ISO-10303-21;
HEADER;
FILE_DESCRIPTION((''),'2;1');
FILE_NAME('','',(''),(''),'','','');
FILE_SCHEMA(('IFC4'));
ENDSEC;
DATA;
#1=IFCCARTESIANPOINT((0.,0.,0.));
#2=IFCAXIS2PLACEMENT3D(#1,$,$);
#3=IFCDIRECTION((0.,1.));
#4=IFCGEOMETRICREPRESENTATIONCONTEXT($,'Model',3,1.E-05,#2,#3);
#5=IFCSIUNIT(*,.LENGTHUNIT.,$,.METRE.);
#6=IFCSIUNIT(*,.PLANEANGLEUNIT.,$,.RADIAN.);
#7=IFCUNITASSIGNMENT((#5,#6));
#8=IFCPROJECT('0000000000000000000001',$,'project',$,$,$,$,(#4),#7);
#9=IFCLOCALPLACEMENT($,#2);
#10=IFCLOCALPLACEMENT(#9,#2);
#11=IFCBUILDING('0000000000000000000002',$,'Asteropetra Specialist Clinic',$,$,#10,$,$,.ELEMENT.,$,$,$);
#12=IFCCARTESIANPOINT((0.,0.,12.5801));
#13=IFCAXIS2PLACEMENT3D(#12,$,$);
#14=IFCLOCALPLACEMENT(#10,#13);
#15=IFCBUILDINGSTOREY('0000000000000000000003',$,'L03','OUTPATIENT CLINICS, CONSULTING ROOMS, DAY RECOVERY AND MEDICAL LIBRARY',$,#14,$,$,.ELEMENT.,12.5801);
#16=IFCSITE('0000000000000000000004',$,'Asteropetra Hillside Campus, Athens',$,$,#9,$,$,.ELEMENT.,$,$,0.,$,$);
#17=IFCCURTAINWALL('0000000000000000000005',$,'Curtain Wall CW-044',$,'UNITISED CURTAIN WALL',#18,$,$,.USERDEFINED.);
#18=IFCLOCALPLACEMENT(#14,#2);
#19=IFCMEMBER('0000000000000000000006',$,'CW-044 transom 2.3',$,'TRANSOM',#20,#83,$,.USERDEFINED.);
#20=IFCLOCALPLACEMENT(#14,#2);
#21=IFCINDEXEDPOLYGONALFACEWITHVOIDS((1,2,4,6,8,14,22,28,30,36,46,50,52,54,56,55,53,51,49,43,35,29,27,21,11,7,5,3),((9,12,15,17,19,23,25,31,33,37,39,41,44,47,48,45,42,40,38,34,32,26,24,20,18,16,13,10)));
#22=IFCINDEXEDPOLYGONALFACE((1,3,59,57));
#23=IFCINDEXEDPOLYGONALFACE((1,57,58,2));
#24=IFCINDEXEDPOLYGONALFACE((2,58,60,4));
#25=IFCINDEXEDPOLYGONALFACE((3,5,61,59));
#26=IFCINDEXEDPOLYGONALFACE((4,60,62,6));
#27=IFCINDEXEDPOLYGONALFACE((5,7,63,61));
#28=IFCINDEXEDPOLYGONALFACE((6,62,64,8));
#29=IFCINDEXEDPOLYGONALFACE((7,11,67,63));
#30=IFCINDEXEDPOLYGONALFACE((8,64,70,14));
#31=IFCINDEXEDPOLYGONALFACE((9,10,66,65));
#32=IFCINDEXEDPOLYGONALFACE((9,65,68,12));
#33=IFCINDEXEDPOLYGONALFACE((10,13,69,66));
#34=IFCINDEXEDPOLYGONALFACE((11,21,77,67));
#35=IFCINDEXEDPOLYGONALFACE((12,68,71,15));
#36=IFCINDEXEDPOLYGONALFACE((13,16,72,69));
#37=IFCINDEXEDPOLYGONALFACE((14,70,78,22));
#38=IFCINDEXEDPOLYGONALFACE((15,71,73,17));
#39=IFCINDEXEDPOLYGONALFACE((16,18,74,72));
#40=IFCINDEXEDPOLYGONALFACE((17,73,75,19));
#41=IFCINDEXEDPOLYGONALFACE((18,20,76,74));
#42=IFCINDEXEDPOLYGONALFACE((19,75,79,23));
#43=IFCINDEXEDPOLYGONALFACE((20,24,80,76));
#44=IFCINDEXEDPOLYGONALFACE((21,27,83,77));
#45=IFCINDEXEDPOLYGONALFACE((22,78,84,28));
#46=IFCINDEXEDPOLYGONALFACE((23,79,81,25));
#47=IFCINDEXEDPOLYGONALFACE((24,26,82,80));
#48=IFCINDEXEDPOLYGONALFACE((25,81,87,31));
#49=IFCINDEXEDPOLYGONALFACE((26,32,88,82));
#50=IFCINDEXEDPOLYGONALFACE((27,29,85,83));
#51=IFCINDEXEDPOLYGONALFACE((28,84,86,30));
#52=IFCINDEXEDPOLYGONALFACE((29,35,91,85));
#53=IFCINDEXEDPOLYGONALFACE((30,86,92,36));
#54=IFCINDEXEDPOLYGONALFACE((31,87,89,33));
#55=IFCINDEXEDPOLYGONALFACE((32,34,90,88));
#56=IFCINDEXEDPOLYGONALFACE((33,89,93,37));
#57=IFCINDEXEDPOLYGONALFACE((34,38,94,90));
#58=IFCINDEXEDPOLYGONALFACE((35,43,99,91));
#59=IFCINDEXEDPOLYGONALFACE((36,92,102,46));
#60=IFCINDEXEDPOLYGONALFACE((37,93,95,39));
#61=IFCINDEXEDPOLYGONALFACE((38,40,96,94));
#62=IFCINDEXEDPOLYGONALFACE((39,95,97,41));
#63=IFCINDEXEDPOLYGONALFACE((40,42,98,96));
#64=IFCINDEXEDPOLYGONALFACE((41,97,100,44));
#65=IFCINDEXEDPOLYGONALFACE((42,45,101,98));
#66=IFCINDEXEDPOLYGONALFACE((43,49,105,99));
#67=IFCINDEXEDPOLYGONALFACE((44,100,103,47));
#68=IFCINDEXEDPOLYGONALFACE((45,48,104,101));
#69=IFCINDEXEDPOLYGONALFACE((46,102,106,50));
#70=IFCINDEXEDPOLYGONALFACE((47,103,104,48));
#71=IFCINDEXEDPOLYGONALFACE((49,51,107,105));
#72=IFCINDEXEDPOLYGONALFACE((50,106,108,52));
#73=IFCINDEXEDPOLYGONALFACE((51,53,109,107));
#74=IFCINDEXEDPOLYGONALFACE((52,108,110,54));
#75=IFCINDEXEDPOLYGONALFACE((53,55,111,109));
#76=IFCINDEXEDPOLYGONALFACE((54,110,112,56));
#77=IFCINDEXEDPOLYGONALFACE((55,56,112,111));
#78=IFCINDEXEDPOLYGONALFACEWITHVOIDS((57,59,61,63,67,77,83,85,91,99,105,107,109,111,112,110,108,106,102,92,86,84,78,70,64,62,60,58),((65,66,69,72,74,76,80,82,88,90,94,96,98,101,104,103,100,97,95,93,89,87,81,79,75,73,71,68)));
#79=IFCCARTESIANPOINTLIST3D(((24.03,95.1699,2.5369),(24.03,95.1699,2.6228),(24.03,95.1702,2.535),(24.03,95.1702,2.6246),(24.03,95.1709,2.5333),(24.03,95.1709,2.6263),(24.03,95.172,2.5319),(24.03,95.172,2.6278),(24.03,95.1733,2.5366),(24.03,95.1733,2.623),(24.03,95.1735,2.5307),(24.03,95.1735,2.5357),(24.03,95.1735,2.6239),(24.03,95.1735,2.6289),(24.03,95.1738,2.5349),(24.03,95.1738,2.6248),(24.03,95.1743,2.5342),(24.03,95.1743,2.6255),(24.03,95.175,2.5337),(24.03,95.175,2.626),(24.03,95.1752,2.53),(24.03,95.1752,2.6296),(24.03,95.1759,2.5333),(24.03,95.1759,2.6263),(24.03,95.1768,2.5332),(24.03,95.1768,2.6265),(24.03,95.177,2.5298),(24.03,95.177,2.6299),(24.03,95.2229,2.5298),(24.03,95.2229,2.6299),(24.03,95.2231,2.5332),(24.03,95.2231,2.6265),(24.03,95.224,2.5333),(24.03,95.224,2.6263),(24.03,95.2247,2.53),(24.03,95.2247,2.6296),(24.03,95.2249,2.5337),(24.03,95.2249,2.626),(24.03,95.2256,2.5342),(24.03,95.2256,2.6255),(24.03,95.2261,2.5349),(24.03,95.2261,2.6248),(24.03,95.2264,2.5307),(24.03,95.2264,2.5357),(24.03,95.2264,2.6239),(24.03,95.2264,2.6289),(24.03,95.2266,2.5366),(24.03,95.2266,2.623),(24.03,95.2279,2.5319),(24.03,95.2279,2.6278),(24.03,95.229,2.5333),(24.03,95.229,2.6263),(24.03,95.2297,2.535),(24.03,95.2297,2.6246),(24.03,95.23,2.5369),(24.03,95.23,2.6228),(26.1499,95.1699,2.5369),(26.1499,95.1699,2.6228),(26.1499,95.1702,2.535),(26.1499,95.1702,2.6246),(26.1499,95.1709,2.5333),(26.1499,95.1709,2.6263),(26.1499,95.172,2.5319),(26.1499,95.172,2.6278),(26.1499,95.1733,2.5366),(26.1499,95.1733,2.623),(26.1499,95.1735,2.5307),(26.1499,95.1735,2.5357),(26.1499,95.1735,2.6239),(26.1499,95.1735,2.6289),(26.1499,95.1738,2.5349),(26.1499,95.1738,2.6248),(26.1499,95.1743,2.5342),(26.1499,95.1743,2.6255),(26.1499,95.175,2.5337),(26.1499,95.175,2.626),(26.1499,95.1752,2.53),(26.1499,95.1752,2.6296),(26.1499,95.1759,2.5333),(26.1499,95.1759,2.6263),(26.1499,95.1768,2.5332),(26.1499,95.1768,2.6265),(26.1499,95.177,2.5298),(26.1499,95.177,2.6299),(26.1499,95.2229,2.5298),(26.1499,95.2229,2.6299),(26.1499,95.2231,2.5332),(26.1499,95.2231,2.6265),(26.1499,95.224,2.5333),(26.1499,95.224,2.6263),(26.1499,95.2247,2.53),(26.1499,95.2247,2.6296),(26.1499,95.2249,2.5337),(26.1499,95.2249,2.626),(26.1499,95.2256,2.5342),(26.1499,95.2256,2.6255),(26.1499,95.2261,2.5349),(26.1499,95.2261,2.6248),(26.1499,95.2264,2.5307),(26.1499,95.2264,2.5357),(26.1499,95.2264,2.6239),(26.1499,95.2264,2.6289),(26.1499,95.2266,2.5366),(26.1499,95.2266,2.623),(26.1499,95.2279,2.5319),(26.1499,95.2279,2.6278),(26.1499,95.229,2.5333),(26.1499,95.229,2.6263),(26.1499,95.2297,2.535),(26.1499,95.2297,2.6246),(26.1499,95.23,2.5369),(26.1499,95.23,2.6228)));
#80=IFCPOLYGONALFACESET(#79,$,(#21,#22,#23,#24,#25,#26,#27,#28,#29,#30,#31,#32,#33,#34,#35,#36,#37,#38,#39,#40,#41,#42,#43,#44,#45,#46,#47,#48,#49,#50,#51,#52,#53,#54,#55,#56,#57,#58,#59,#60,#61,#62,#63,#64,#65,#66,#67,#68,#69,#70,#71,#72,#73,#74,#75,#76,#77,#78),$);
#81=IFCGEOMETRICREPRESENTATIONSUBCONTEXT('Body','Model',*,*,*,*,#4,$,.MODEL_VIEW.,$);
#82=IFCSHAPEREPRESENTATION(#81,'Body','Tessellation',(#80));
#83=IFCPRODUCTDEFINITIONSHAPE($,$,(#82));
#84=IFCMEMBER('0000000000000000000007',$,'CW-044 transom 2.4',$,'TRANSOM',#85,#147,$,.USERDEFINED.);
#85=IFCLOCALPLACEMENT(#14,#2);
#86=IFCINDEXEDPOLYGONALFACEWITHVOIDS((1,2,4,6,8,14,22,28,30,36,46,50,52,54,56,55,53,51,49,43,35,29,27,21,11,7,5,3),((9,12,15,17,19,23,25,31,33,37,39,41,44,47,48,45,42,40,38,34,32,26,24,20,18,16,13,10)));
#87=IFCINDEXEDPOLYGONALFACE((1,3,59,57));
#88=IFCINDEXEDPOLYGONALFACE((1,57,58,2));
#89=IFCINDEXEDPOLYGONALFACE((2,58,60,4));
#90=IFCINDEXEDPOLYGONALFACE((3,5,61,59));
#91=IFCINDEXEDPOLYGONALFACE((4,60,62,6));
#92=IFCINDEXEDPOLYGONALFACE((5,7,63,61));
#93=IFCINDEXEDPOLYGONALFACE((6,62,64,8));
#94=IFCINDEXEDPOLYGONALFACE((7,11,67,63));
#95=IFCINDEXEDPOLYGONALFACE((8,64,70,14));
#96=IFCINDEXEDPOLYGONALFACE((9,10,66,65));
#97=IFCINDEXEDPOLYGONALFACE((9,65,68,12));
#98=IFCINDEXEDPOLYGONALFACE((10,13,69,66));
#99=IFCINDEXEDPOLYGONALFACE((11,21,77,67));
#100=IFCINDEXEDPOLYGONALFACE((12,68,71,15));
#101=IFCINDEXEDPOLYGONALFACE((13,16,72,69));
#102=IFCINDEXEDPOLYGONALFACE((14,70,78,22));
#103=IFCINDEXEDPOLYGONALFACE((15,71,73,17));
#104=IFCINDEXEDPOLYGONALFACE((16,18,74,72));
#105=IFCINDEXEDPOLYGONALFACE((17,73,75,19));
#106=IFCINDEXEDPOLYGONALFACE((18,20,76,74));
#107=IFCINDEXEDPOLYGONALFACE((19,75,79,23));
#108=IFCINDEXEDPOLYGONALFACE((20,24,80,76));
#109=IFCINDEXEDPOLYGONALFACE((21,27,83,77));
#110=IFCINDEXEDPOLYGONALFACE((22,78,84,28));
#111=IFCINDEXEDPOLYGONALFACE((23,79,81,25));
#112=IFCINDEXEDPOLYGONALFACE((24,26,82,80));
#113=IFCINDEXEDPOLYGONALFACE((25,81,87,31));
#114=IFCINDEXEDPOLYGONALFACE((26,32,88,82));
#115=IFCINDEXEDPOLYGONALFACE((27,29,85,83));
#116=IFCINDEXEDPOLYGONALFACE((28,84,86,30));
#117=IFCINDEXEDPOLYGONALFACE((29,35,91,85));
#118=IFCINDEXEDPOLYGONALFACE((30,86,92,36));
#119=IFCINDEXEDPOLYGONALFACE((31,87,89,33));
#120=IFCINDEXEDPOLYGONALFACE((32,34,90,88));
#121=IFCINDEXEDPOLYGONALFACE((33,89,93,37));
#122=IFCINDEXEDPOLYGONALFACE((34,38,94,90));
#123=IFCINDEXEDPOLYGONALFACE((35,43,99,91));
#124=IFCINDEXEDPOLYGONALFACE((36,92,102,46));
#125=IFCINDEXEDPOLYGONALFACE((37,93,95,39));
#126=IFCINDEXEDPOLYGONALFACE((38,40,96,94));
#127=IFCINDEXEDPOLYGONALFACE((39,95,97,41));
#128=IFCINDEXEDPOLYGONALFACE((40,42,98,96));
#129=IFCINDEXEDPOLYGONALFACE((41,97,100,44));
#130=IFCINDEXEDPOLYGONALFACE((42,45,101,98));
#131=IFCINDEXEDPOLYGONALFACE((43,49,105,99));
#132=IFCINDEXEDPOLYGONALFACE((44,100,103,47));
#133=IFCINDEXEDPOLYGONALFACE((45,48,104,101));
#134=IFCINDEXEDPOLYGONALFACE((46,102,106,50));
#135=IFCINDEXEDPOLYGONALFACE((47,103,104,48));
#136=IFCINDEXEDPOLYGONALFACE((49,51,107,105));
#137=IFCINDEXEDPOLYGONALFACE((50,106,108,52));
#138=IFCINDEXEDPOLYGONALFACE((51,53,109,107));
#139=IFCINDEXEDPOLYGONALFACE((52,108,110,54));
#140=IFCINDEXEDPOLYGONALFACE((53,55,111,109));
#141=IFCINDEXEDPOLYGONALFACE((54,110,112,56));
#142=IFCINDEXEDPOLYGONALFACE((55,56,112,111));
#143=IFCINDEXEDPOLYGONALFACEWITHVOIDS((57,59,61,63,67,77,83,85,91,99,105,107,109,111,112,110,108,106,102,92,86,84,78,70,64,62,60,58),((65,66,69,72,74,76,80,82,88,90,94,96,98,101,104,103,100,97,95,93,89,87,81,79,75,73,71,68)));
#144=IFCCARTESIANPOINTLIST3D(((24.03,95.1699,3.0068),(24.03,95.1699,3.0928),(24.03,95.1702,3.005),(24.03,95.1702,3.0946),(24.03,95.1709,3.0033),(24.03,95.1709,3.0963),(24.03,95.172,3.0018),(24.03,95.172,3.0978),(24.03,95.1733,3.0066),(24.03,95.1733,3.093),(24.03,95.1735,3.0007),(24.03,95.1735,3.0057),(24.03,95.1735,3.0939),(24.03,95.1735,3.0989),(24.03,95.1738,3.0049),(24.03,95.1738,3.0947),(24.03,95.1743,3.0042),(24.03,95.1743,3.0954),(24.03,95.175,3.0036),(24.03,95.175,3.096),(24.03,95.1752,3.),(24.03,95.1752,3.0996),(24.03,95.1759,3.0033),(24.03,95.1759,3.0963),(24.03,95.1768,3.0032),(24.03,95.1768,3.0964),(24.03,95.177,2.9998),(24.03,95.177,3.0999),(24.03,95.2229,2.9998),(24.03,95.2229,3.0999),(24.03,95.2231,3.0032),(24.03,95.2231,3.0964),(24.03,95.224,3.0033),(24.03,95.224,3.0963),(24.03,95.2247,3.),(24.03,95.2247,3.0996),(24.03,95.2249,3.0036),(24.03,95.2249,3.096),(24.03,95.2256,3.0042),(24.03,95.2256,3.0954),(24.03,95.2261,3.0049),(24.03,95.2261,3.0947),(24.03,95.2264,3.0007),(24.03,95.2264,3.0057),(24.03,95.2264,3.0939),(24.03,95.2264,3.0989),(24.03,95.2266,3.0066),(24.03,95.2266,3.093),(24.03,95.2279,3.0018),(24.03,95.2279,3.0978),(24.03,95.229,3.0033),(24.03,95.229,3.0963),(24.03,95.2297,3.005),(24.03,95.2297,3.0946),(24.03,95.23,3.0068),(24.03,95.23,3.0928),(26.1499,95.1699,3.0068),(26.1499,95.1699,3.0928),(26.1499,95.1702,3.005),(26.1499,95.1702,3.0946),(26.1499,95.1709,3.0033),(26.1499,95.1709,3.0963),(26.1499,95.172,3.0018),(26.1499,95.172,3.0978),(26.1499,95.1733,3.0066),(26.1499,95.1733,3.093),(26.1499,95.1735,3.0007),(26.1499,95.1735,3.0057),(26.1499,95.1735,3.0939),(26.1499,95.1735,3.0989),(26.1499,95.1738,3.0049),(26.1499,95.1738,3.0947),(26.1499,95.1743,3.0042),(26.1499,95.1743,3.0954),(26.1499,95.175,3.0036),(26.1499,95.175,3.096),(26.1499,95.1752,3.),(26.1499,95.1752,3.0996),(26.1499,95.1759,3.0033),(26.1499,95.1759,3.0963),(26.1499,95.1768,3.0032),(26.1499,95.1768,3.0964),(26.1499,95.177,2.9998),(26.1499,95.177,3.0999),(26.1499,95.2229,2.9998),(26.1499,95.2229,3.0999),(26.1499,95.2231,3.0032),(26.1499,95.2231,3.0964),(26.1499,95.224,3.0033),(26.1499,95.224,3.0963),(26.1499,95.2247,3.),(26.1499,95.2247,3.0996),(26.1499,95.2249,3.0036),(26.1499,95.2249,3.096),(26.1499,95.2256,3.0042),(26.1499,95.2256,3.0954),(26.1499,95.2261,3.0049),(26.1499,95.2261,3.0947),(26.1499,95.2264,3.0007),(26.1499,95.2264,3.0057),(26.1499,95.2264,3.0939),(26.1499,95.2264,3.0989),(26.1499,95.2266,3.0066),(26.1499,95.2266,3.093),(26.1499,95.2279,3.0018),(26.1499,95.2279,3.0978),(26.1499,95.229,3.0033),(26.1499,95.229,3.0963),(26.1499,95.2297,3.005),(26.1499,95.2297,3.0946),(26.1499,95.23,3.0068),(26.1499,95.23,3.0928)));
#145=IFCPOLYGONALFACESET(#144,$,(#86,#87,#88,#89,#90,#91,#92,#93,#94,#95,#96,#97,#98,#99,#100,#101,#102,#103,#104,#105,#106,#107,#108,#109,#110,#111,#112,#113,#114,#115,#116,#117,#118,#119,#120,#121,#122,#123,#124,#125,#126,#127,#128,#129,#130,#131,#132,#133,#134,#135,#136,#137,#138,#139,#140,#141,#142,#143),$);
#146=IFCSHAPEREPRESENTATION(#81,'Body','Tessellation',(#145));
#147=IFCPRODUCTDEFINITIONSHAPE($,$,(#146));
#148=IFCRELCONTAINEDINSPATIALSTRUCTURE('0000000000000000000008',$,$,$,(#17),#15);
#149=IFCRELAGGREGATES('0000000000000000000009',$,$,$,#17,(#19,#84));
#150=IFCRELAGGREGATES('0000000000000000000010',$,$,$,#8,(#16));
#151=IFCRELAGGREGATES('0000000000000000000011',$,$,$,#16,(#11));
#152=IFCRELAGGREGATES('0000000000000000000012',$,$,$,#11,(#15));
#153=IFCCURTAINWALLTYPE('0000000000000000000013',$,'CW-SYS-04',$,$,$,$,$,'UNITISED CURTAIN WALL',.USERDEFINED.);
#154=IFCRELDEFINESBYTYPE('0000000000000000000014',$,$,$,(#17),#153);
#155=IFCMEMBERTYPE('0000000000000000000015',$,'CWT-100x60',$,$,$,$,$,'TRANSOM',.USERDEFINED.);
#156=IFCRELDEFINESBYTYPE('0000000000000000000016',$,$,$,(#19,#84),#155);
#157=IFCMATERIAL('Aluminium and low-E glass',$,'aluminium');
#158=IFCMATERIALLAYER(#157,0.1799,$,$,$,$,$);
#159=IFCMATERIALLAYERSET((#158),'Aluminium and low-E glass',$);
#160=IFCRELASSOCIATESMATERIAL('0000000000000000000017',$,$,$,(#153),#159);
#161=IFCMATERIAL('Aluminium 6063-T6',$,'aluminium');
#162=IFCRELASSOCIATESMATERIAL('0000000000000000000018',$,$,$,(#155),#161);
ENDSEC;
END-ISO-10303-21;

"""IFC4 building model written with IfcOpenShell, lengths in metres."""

from ifc_helpers import new_model, si_unit, direction, frame, origin, origin_2d, place, context, subcontext, project, spatial, hollow_rectangle, extrude, material, layer, layer_set, material_profile, profile_set, type_object, element, aggregate, save


model = new_model("IFC4")

# Units and contexts
model_context = context("Model", 3, precision=1e-05, world=origin(), true_north=direction((0.0, 1.0)))
body_context = subcontext(model_context, "Body", "Model", "MODEL_VIEW")
ifc_project = project(units=[si_unit("LENGTHUNIT", "METRE"), si_unit("PLANEANGLEUNIT", "RADIAN")], contexts=[model_context])

# Site, building, storey
site_placement = place(None, origin())
site = spatial("IfcSite", under=ifc_project, at=site_placement, Name="Asteropetra Hillside Campus, Athens", CompositionType="ELEMENT", RefElevation=0.0)
building_placement = place(site_placement, origin())
building = spatial("IfcBuilding", under=site, at=building_placement, Name="Asteropetra Specialist Clinic", CompositionType="ELEMENT")
storey_placement = place(building_placement, frame((0.0, 0.0, 12.5801)))
storey = spatial("IfcBuildingStorey", under=building, at=storey_placement, Name="L03", Description="OUTPATIENT CLINICS, CONSULTING ROOMS, DAY RECOVERY AND MEDICAL LIBRARY", CompositionType="ELEMENT", Elevation=12.5801)

# Curtain wall
ifc_material_1 = material(Name="Aluminium and low-E glass", Category="aluminium")
ifc_layer_1 = layer(ifc_material_1, 0.1799)
ifc_layer_set_1 = layer_set([ifc_layer_1], Name="Aluminium and low-E glass")
curtain_wall_type_1 = type_object("IfcCurtainWallType", Name="CW-SYS-04", ElementType="UNITISED CURTAIN WALL", PredefinedType="USERDEFINED", material=ifc_layer_set_1)
curtain_wall_1_placement = place(storey_placement, origin())
curtain_wall_1 = element("IfcCurtainWall", 1, at=curtain_wall_1_placement, inside=storey, type_object=curtain_wall_type_1, Name="Curtain Wall CW-044", ObjectType="UNITISED CURTAIN WALL", PredefinedType="USERDEFINED")

# Members
ifc_material_2 = material(Name="Aluminium 6063-T6", Category="aluminium")
ifc_material_profile_1 = material_profile(ifc_material_2, hollow_rectangle(XDim=0.0601, YDim=0.1001, WallThickness=0.0034, InnerFilletRadius=0.0034, OuterFilletRadius=0.0071, at=origin_2d()), Name="TRN 100x60x3.5")
ifc_profile_set_1 = profile_set([ifc_material_profile_1], Name="Aluminium 6063-T6")
member_type_1 = type_object("IfcMemberType", Name="CWT-100x60", ElementType="TRANSOM", PredefinedType="USERDEFINED", material=ifc_profile_set_1)
member_1_placement = place(storey_placement, frame((26.1499, 95.2, 2.5798), z_axis=(-1.0, 0.0, 0.0), x_axis=(0.0, -1.0, 0.0)))
member_1 = element("IfcMember", 2, at=member_1_placement, type_object=member_type_1, Name="CW-044 transom 2.3", ObjectType="TRANSOM", PredefinedType="USERDEFINED", context=body_context, shape_type="SweptSolid", body=[
    extrude(hollow_rectangle(XDim=0.0601, YDim=0.1001, WallThickness=0.0034, InnerFilletRadius=0.0034, OuterFilletRadius=0.0071, at=origin_2d()), origin(), (0.0, 0.0, 1.0), 2.1199),
])
member_2_placement = place(storey_placement, frame((26.1499, 95.2, 3.0498), z_axis=(-1.0, 0.0, 0.0), x_axis=(0.0, -1.0, 0.0)))
member_2 = element("IfcMember", 3, at=member_2_placement, type_object=member_type_1, Name="CW-044 transom 2.4", ObjectType="TRANSOM", PredefinedType="USERDEFINED", context=body_context, shape_type="SweptSolid", body=[
    extrude(hollow_rectangle(XDim=0.0601, YDim=0.1001, WallThickness=0.0034, InnerFilletRadius=0.0034, OuterFilletRadius=0.0071, at=origin_2d()), origin(), (0.0, 0.0, 1.0), 2.1199),
])

aggregate(curtain_wall_1, [member_1, member_2])

save(model, "model.ifc")
